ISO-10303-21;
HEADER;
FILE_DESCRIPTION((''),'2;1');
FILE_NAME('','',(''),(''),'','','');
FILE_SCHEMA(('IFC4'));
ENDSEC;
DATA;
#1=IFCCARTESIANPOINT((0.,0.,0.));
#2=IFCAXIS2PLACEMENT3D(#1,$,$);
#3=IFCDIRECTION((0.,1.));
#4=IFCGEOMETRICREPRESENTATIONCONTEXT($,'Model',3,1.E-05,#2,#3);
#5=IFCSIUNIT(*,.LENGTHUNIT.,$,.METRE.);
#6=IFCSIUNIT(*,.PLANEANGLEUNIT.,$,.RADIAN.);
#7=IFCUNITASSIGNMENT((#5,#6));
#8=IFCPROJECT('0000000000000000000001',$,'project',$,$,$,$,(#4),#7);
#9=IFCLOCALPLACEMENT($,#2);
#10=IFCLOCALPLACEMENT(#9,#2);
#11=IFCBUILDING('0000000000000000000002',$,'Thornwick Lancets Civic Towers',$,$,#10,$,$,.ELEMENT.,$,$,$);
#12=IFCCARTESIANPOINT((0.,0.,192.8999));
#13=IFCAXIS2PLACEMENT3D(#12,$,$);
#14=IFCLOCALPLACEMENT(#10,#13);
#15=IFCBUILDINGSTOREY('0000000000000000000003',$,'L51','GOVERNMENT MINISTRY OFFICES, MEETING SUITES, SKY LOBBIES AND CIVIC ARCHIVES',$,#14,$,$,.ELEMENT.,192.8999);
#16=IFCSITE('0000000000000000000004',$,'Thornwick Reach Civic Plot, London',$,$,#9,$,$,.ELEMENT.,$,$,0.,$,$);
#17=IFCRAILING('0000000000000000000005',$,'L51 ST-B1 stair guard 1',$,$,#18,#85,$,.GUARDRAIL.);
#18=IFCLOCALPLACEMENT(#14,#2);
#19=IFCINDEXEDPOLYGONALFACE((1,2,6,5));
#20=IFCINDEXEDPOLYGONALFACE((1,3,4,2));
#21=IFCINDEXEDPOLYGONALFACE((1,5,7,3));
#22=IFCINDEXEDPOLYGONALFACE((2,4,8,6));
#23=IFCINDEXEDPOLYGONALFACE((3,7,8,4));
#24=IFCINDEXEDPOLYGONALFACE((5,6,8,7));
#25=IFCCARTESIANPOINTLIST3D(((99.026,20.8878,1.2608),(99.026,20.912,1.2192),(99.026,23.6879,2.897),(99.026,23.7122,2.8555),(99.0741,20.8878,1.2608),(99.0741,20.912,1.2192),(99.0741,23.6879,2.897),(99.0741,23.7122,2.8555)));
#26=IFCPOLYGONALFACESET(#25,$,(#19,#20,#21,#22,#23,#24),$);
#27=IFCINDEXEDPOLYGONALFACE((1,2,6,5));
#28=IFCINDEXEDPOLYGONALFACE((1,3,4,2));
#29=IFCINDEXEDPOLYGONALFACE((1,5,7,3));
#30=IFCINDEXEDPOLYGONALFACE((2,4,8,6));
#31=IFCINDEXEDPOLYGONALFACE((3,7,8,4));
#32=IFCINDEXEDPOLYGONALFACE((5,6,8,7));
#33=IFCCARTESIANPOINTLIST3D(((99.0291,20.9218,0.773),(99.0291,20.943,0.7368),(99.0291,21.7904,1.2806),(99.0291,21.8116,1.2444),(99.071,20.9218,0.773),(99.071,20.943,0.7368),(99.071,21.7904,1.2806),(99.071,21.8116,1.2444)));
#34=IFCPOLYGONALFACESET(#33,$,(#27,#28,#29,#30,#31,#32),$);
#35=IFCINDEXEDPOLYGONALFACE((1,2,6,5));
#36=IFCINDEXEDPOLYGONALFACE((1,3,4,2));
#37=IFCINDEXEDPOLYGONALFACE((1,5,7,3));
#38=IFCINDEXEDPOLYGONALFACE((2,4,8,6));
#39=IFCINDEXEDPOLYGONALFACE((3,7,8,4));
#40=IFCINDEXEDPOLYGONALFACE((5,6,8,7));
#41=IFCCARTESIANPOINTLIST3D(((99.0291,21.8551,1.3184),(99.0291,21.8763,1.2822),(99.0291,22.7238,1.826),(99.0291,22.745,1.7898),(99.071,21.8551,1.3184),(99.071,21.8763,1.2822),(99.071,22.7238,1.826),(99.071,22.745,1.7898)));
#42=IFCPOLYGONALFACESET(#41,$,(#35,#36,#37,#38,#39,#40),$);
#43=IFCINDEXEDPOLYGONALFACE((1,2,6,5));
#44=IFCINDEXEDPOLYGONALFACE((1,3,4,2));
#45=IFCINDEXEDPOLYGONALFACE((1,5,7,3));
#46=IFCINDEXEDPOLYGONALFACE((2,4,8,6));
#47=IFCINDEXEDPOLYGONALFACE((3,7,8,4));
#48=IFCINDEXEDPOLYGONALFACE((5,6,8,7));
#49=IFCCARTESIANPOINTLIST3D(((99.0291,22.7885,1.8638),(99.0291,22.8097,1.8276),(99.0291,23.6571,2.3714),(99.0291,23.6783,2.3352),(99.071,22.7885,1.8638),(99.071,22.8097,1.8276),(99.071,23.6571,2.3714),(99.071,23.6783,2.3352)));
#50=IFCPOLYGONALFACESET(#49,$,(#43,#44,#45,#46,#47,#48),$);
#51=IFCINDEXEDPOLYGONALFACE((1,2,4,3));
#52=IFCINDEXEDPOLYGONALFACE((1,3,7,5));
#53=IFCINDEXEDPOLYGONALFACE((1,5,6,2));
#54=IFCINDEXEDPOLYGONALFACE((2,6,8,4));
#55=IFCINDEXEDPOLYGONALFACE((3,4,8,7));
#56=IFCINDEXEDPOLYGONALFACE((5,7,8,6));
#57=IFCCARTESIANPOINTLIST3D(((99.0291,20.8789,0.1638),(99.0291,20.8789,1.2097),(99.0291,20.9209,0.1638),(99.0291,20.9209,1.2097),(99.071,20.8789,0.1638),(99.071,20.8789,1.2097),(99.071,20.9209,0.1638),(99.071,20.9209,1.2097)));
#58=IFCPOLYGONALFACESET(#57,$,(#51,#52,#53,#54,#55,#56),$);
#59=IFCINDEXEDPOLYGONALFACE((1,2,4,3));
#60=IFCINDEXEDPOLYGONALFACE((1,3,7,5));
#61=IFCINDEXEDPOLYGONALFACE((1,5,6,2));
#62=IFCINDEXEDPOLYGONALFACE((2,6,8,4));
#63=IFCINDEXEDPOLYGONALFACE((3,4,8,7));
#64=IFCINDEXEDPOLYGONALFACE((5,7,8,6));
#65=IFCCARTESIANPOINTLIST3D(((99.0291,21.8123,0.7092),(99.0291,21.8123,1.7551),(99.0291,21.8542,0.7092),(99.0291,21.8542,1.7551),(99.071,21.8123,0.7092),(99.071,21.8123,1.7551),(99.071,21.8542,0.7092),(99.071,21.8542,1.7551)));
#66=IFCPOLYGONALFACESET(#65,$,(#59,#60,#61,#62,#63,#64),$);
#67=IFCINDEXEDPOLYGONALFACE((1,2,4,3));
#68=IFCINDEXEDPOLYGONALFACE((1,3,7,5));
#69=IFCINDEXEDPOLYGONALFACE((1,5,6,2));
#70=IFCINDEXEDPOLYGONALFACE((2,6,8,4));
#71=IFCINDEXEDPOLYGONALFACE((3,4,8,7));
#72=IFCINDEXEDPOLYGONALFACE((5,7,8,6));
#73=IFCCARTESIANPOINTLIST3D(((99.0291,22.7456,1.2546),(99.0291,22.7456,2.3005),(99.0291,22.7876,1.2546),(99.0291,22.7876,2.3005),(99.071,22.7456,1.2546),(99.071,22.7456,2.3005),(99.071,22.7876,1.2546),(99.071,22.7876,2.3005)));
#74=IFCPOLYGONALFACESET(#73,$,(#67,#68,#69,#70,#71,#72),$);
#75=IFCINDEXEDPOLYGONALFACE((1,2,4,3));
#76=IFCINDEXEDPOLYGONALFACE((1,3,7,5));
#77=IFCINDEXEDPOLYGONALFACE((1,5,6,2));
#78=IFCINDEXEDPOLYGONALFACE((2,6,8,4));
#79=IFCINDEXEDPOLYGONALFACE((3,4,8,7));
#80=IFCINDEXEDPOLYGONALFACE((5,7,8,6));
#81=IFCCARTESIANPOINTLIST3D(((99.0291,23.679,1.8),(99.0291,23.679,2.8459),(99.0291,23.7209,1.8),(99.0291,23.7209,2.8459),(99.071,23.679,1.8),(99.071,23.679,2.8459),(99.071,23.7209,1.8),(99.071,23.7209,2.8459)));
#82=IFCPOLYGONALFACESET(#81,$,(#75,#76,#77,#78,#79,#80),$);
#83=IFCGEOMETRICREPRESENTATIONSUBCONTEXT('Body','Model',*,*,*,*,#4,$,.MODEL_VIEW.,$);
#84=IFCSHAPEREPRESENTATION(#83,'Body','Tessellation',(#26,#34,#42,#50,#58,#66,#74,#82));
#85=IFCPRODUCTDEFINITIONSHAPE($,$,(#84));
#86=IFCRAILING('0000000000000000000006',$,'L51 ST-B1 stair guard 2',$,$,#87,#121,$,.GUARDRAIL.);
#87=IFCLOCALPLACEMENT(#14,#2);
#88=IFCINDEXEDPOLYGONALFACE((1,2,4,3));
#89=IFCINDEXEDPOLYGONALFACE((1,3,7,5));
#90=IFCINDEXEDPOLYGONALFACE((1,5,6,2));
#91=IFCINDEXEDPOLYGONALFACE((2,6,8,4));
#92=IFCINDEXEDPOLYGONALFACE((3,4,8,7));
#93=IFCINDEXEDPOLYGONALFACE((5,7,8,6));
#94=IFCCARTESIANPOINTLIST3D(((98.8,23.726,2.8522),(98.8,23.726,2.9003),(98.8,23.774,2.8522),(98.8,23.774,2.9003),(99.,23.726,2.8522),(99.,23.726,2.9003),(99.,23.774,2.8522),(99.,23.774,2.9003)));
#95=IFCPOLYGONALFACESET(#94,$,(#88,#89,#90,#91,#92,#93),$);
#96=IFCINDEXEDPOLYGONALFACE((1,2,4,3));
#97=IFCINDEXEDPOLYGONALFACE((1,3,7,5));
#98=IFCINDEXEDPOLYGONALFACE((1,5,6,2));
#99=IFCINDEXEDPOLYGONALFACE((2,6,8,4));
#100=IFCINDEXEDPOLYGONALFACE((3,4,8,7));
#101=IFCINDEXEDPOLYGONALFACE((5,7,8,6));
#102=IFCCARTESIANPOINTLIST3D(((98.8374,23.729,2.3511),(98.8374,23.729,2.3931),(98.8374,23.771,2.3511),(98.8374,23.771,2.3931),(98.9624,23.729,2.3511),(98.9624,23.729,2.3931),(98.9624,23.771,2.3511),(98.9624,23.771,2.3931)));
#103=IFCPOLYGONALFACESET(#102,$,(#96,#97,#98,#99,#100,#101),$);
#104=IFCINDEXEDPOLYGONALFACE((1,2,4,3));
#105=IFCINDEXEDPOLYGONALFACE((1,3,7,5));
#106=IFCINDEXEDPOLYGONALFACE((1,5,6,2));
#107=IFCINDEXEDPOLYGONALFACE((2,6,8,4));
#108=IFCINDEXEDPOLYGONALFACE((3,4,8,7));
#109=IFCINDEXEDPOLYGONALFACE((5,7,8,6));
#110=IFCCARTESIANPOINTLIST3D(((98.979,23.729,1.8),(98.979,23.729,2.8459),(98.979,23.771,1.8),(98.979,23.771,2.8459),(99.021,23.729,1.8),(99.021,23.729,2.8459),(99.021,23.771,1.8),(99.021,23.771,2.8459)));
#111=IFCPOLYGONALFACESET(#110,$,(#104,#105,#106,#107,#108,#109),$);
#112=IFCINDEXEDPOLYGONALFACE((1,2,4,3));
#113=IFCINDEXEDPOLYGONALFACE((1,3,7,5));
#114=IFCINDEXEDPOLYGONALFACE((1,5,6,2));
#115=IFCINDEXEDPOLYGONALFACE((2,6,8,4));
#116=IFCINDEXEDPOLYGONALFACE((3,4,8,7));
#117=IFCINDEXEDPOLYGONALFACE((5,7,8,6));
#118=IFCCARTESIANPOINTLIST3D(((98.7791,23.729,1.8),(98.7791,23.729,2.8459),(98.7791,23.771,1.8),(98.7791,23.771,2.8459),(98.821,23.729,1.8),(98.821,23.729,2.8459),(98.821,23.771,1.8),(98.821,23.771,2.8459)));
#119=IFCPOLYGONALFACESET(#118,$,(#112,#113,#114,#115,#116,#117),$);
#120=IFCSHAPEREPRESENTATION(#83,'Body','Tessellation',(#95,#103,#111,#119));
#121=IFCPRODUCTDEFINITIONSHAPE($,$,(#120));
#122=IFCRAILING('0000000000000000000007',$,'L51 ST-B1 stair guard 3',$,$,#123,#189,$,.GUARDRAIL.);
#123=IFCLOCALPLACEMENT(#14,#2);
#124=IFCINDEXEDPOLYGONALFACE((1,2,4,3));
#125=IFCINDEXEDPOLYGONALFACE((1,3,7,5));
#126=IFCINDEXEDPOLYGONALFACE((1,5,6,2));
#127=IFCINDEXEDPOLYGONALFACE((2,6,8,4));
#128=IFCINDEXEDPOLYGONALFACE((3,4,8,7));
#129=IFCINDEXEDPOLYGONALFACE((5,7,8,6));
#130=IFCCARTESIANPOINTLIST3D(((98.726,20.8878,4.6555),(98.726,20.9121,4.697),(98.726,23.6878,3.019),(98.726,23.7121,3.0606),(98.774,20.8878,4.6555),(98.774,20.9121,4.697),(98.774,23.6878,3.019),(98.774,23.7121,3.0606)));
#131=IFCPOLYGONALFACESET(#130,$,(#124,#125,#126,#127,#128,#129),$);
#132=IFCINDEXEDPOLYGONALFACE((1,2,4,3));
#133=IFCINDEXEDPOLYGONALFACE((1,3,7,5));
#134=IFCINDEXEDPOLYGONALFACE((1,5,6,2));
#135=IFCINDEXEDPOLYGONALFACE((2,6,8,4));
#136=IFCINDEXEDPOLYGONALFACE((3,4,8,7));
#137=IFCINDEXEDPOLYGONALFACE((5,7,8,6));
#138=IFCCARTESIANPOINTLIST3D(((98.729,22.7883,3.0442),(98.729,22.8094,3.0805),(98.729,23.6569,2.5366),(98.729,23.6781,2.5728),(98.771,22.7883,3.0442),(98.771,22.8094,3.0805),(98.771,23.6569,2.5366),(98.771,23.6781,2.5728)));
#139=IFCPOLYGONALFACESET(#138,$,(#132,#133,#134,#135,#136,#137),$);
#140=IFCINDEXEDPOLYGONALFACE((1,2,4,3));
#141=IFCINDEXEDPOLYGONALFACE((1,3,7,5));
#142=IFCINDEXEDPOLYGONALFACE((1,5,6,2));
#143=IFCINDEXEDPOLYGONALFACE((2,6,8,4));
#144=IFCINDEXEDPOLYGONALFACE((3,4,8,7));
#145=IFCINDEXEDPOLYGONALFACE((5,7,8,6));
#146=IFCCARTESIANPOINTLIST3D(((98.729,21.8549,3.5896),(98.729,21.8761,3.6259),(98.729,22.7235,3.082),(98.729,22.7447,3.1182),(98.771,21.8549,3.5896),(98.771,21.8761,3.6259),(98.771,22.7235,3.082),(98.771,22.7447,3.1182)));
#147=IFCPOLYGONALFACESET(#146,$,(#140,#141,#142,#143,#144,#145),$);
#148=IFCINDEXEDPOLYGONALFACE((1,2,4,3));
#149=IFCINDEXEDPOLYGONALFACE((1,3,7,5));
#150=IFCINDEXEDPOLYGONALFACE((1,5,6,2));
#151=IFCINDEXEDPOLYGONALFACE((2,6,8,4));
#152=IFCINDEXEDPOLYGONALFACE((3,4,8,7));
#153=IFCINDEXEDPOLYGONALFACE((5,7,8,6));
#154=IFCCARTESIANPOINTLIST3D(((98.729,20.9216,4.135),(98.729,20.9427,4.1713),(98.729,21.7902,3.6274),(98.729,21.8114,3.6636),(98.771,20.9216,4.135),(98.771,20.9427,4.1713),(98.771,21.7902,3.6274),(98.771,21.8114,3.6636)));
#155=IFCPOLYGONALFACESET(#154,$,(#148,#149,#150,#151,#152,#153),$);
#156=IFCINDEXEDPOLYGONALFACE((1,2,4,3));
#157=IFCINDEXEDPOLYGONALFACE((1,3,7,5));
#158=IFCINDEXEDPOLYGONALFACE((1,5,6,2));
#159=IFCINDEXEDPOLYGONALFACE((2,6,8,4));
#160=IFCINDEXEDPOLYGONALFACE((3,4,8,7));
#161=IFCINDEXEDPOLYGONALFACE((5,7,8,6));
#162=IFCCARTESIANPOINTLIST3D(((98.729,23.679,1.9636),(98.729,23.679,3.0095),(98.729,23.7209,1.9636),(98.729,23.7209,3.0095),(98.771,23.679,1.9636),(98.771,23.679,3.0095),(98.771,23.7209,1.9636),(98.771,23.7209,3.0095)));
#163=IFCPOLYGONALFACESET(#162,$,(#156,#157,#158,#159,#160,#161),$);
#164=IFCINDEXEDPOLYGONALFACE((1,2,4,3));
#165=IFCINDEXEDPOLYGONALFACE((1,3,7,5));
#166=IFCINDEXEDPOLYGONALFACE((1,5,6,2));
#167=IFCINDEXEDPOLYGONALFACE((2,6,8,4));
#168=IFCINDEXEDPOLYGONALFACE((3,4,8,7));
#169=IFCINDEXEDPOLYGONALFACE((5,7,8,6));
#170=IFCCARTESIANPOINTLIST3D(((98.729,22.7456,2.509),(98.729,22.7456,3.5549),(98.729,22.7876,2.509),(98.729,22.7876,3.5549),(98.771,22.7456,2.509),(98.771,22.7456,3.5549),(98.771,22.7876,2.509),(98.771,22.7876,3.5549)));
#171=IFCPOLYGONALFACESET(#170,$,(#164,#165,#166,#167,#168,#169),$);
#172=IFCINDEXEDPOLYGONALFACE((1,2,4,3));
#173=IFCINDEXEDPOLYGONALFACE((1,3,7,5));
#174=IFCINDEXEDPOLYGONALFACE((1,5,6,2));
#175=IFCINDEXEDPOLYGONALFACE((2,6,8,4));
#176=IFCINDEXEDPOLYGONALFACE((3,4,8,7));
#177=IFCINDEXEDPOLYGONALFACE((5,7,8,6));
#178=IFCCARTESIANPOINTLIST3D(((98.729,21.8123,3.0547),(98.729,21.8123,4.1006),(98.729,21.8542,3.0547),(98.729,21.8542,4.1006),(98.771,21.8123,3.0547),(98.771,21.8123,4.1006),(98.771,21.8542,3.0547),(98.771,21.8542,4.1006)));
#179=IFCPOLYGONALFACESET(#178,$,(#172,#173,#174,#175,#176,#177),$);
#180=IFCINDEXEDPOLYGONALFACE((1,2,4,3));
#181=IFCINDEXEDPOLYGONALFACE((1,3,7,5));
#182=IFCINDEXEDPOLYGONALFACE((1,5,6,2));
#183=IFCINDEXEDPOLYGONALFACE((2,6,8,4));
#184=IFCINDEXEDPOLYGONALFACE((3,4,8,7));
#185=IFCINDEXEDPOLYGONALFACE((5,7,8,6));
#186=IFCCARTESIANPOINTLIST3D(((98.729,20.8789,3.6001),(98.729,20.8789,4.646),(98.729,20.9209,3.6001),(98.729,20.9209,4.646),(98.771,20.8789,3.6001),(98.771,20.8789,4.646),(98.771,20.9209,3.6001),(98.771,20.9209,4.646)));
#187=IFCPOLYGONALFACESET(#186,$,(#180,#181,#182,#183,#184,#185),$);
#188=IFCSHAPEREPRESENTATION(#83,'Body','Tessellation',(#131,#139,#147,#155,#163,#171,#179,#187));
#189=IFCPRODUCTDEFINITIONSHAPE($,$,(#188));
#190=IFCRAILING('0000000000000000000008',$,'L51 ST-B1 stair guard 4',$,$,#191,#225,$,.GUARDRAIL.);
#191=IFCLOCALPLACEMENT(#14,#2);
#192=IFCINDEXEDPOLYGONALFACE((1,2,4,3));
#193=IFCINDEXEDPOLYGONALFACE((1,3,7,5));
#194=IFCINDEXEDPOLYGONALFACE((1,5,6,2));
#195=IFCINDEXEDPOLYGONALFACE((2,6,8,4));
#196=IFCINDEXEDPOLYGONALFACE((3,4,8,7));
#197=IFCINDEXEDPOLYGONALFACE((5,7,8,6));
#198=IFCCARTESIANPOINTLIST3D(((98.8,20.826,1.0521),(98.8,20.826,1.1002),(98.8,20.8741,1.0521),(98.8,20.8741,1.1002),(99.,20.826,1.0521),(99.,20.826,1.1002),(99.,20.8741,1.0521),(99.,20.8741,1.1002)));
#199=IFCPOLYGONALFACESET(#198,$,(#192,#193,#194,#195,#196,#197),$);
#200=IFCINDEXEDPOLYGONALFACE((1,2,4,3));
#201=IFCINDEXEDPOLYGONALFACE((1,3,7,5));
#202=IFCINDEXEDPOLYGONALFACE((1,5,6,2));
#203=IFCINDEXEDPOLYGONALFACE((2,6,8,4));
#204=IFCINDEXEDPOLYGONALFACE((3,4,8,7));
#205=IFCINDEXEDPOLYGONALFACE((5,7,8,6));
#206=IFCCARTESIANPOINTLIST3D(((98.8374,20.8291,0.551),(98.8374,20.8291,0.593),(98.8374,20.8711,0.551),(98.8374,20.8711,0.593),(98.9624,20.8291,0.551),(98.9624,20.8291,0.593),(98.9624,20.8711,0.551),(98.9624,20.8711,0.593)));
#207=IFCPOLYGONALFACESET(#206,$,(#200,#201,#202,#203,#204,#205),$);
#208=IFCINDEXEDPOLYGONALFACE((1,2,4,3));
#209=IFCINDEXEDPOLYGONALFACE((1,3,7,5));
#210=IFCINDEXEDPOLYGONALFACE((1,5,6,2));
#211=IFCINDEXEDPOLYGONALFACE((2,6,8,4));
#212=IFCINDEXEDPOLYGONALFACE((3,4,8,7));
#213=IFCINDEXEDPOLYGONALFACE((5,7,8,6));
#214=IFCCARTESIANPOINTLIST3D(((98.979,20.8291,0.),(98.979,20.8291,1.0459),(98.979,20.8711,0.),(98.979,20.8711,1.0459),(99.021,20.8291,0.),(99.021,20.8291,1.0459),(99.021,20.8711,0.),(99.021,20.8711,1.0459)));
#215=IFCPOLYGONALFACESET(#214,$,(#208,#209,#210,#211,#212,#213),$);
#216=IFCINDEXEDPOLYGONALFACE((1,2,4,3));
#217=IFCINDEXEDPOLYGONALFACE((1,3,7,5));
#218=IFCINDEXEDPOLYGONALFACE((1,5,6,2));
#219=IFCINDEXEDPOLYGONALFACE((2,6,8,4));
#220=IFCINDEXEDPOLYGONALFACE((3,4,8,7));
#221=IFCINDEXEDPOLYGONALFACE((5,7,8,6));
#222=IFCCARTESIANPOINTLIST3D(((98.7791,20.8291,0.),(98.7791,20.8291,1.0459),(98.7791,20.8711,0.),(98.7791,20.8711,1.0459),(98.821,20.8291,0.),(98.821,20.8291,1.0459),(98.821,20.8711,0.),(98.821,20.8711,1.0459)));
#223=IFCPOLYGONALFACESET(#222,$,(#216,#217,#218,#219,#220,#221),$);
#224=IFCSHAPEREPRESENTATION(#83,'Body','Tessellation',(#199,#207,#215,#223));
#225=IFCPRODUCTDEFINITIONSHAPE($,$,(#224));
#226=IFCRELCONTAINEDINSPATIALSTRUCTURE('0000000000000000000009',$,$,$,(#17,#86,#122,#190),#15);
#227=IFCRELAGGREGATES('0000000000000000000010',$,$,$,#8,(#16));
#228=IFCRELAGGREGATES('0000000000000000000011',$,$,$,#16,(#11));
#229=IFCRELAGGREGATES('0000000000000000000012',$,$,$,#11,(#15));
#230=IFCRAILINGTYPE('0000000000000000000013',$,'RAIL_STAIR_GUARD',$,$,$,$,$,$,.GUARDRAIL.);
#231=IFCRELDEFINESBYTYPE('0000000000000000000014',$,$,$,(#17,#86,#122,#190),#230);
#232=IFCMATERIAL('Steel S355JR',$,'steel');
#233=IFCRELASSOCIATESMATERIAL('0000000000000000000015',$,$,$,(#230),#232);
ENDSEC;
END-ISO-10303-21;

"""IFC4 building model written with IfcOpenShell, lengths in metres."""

from ifc_helpers import new_model, si_unit, direction, frame, origin, origin_2d, place, context, subcontext, project, spatial, rectangle, extrude, material, type_object, element, save


model = new_model("IFC4")

# Units and contexts
model_context = context("Model", 3, precision=1e-05, world=origin(), true_north=direction((0.0, 1.0)))
body_context = subcontext(model_context, "Body", "Model", "MODEL_VIEW")
ifc_project = project(units=[si_unit("LENGTHUNIT", "METRE"), si_unit("PLANEANGLEUNIT", "RADIAN")], contexts=[model_context])

# Site, building, storey
site_placement = place(None, origin())
site = spatial("IfcSite", under=ifc_project, at=site_placement, Name="Thornwick Reach Civic Plot, London", CompositionType="ELEMENT", RefElevation=0.0)
building_placement = place(site_placement, origin())
building = spatial("IfcBuilding", under=site, at=building_placement, Name="Thornwick Lancets Civic Towers", CompositionType="ELEMENT")
storey_placement = place(building_placement, frame((0.0, 0.0, 192.8999)))
storey = spatial("IfcBuildingStorey", under=building, at=storey_placement, Name="L51", Description="GOVERNMENT MINISTRY OFFICES, MEETING SUITES, SKY LOBBIES AND CIVIC ARCHIVES", CompositionType="ELEMENT", Elevation=192.8999)

# Shared definitions
ifc_material_1 = material(Name="Steel S355JR", Category="steel")

# Railings
railing_type_1 = type_object("IfcRailingType", Name="RAIL_STAIR_GUARD", PredefinedType="GUARDRAIL", material=ifc_material_1)
railing_1_placement = place(storey_placement, frame((99.05, 20.8999, 0.1638)))
element("IfcRailing", 1, at=railing_1_placement, inside=storey, type_object=railing_type_1, Name="L51 ST-B1 stair guard 1", PredefinedType="GUARDRAIL", context=body_context, shape_type="SweptSolid", body=[
    extrude(rectangle(XDim=0.0481, YDim=0.0481, at=origin_2d()), frame((0.0, 0.0, 1.0762), z_axis=(0.0, 0.863394, 0.504531), x_axis=(-1.0, 0.0, 0.0)), (0.0, 0.0, 1.0), 3.2432),
    extrude(rectangle(XDim=0.042, YDim=0.042, at=origin_2d()), frame((0.0, 0.0325, 0.5911), z_axis=(0.0, 0.863394, 0.504531), x_axis=(-1.0, 0.0, 0.0)), (0.0, 0.0, 1.0), 1.0061),
    extrude(rectangle(XDim=0.042, YDim=0.042, at=origin_2d()), frame((0.0, 0.9658, 1.1365), z_axis=(0.0, 0.863394, 0.504531), x_axis=(-1.0, 0.0, 0.0)), (0.0, 0.0, 1.0), 1.0061),
    extrude(rectangle(XDim=0.042, YDim=0.042, at=origin_2d()), frame((0.0, 1.8992, 1.6819), z_axis=(0.0, 0.863394, 0.504531), x_axis=(-1.0, 0.0, 0.0)), (0.0, 0.0, 1.0), 1.0061),
    extrude(rectangle(XDim=0.042, YDim=0.042, at=origin_2d()), origin(), (0.0, 0.0, 1.0), 1.0459),
    extrude(rectangle(XDim=0.042, YDim=0.042, at=origin_2d()), frame((0.0, 0.9333, 0.5454)), (0.0, 0.0, 1.0), 1.0459),
    extrude(rectangle(XDim=0.042, YDim=0.042, at=origin_2d()), frame((0.0, 1.8667, 1.0908)), (0.0, 0.0, 1.0), 1.0459),
    extrude(rectangle(XDim=0.042, YDim=0.042, at=origin_2d()), frame((0.0, 2.8, 1.6362)), (0.0, 0.0, 1.0), 1.0459),
])
railing_2_placement = place(storey_placement, frame((99.0, 23.75, 1.8)))
element("IfcRailing", 2, at=railing_2_placement, inside=storey, type_object=railing_type_1, Name="L51 ST-B1 stair guard 2", PredefinedType="GUARDRAIL", context=body_context, shape_type="SweptSolid", body=[
    extrude(rectangle(XDim=0.0481, YDim=0.0481, at=origin_2d()), frame((0.0, 0.0, 1.0762), z_axis=(-1.0, 0.0, 0.0), x_axis=(0.0, -1.0, 0.0)), (0.0, 0.0, 1.0), 0.2),
    extrude(rectangle(XDim=0.042, YDim=0.042, at=origin_2d()), frame((-0.0376, 0.0, 0.572), z_axis=(-1.0, 0.0, 0.0), x_axis=(0.0, -1.0, 0.0)), (0.0, 0.0, 1.0), 0.125),
    extrude(rectangle(XDim=0.042, YDim=0.042, at=origin_2d()), origin(), (0.0, 0.0, 1.0), 1.0459),
    extrude(rectangle(XDim=0.042, YDim=0.042, at=origin_2d()), frame((-0.2, 0.0, 0.0)), (0.0, 0.0, 1.0), 1.0459),
])
railing_3_placement = place(storey_placement, frame((98.75, 23.7, 1.9636)))
element("IfcRailing", 3, at=railing_3_placement, inside=storey, type_object=railing_type_1, Name="L51 ST-B1 stair guard 3", PredefinedType="GUARDRAIL", context=body_context, shape_type="SweptSolid", body=[
    extrude(rectangle(XDim=0.0481, YDim=0.0481, at=origin_2d()), frame((0.0, 0.0, 1.0762), z_axis=(0.0, -0.863361, 0.504587), x_axis=(1.0, 0.0, 0.0)), (0.0, 0.0, 1.0), 3.2432),
    extrude(rectangle(XDim=0.042, YDim=0.042, at=origin_2d()), frame((0.0, -0.0325, 0.5911), z_axis=(0.0, -0.863361, 0.504587), x_axis=(1.0, 0.0, 0.0)), (0.0, 0.0, 1.0), 1.0061),
    extrude(rectangle(XDim=0.042, YDim=0.042, at=origin_2d()), frame((0.0, -0.9658, 1.1365), z_axis=(0.0, -0.863361, 0.504587), x_axis=(1.0, 0.0, 0.0)), (0.0, 0.0, 1.0), 1.0061),
    extrude(rectangle(XDim=0.042, YDim=0.042, at=origin_2d()), frame((0.0, -1.8992, 1.6819), z_axis=(0.0, -0.863361, 0.504587), x_axis=(1.0, 0.0, 0.0)), (0.0, 0.0, 1.0), 1.0061),
    extrude(rectangle(XDim=0.042, YDim=0.042, at=origin_2d()), origin(), (0.0, 0.0, 1.0), 1.0459),
    extrude(rectangle(XDim=0.042, YDim=0.042, at=origin_2d()), frame((0.0, -0.9333, 0.5454)), (0.0, 0.0, 1.0), 1.0459),
    extrude(rectangle(XDim=0.042, YDim=0.042, at=origin_2d()), frame((0.0, -1.8667, 1.0911)), (0.0, 0.0, 1.0), 1.0459),
    extrude(rectangle(XDim=0.042, YDim=0.042, at=origin_2d()), frame((0.0, -2.8, 1.6365)), (0.0, 0.0, 1.0), 1.0459),
])
railing_4_placement = place(storey_placement, frame((99.0, 20.8501, 0.0)))
element("IfcRailing", 4, at=railing_4_placement, inside=storey, type_object=railing_type_1, Name="L51 ST-B1 stair guard 4", PredefinedType="GUARDRAIL", context=body_context, shape_type="SweptSolid", body=[
    extrude(rectangle(XDim=0.0481, YDim=0.0481, at=origin_2d()), frame((0.0, 0.0, 1.0762), z_axis=(-1.0, 0.0, 0.0), x_axis=(0.0, -1.0, 0.0)), (0.0, 0.0, 1.0), 0.2),
    extrude(rectangle(XDim=0.042, YDim=0.042, at=origin_2d()), frame((-0.0376, 0.0, 0.572), z_axis=(-1.0, 0.0, 0.0), x_axis=(0.0, -1.0, 0.0)), (0.0, 0.0, 1.0), 0.125),
    extrude(rectangle(XDim=0.042, YDim=0.042, at=origin_2d()), origin(), (0.0, 0.0, 1.0), 1.0459),
    extrude(rectangle(XDim=0.042, YDim=0.042, at=origin_2d()), frame((-0.2, 0.0, 0.0)), (0.0, 0.0, 1.0), 1.0459),
])

save(model, "model.ifc")
